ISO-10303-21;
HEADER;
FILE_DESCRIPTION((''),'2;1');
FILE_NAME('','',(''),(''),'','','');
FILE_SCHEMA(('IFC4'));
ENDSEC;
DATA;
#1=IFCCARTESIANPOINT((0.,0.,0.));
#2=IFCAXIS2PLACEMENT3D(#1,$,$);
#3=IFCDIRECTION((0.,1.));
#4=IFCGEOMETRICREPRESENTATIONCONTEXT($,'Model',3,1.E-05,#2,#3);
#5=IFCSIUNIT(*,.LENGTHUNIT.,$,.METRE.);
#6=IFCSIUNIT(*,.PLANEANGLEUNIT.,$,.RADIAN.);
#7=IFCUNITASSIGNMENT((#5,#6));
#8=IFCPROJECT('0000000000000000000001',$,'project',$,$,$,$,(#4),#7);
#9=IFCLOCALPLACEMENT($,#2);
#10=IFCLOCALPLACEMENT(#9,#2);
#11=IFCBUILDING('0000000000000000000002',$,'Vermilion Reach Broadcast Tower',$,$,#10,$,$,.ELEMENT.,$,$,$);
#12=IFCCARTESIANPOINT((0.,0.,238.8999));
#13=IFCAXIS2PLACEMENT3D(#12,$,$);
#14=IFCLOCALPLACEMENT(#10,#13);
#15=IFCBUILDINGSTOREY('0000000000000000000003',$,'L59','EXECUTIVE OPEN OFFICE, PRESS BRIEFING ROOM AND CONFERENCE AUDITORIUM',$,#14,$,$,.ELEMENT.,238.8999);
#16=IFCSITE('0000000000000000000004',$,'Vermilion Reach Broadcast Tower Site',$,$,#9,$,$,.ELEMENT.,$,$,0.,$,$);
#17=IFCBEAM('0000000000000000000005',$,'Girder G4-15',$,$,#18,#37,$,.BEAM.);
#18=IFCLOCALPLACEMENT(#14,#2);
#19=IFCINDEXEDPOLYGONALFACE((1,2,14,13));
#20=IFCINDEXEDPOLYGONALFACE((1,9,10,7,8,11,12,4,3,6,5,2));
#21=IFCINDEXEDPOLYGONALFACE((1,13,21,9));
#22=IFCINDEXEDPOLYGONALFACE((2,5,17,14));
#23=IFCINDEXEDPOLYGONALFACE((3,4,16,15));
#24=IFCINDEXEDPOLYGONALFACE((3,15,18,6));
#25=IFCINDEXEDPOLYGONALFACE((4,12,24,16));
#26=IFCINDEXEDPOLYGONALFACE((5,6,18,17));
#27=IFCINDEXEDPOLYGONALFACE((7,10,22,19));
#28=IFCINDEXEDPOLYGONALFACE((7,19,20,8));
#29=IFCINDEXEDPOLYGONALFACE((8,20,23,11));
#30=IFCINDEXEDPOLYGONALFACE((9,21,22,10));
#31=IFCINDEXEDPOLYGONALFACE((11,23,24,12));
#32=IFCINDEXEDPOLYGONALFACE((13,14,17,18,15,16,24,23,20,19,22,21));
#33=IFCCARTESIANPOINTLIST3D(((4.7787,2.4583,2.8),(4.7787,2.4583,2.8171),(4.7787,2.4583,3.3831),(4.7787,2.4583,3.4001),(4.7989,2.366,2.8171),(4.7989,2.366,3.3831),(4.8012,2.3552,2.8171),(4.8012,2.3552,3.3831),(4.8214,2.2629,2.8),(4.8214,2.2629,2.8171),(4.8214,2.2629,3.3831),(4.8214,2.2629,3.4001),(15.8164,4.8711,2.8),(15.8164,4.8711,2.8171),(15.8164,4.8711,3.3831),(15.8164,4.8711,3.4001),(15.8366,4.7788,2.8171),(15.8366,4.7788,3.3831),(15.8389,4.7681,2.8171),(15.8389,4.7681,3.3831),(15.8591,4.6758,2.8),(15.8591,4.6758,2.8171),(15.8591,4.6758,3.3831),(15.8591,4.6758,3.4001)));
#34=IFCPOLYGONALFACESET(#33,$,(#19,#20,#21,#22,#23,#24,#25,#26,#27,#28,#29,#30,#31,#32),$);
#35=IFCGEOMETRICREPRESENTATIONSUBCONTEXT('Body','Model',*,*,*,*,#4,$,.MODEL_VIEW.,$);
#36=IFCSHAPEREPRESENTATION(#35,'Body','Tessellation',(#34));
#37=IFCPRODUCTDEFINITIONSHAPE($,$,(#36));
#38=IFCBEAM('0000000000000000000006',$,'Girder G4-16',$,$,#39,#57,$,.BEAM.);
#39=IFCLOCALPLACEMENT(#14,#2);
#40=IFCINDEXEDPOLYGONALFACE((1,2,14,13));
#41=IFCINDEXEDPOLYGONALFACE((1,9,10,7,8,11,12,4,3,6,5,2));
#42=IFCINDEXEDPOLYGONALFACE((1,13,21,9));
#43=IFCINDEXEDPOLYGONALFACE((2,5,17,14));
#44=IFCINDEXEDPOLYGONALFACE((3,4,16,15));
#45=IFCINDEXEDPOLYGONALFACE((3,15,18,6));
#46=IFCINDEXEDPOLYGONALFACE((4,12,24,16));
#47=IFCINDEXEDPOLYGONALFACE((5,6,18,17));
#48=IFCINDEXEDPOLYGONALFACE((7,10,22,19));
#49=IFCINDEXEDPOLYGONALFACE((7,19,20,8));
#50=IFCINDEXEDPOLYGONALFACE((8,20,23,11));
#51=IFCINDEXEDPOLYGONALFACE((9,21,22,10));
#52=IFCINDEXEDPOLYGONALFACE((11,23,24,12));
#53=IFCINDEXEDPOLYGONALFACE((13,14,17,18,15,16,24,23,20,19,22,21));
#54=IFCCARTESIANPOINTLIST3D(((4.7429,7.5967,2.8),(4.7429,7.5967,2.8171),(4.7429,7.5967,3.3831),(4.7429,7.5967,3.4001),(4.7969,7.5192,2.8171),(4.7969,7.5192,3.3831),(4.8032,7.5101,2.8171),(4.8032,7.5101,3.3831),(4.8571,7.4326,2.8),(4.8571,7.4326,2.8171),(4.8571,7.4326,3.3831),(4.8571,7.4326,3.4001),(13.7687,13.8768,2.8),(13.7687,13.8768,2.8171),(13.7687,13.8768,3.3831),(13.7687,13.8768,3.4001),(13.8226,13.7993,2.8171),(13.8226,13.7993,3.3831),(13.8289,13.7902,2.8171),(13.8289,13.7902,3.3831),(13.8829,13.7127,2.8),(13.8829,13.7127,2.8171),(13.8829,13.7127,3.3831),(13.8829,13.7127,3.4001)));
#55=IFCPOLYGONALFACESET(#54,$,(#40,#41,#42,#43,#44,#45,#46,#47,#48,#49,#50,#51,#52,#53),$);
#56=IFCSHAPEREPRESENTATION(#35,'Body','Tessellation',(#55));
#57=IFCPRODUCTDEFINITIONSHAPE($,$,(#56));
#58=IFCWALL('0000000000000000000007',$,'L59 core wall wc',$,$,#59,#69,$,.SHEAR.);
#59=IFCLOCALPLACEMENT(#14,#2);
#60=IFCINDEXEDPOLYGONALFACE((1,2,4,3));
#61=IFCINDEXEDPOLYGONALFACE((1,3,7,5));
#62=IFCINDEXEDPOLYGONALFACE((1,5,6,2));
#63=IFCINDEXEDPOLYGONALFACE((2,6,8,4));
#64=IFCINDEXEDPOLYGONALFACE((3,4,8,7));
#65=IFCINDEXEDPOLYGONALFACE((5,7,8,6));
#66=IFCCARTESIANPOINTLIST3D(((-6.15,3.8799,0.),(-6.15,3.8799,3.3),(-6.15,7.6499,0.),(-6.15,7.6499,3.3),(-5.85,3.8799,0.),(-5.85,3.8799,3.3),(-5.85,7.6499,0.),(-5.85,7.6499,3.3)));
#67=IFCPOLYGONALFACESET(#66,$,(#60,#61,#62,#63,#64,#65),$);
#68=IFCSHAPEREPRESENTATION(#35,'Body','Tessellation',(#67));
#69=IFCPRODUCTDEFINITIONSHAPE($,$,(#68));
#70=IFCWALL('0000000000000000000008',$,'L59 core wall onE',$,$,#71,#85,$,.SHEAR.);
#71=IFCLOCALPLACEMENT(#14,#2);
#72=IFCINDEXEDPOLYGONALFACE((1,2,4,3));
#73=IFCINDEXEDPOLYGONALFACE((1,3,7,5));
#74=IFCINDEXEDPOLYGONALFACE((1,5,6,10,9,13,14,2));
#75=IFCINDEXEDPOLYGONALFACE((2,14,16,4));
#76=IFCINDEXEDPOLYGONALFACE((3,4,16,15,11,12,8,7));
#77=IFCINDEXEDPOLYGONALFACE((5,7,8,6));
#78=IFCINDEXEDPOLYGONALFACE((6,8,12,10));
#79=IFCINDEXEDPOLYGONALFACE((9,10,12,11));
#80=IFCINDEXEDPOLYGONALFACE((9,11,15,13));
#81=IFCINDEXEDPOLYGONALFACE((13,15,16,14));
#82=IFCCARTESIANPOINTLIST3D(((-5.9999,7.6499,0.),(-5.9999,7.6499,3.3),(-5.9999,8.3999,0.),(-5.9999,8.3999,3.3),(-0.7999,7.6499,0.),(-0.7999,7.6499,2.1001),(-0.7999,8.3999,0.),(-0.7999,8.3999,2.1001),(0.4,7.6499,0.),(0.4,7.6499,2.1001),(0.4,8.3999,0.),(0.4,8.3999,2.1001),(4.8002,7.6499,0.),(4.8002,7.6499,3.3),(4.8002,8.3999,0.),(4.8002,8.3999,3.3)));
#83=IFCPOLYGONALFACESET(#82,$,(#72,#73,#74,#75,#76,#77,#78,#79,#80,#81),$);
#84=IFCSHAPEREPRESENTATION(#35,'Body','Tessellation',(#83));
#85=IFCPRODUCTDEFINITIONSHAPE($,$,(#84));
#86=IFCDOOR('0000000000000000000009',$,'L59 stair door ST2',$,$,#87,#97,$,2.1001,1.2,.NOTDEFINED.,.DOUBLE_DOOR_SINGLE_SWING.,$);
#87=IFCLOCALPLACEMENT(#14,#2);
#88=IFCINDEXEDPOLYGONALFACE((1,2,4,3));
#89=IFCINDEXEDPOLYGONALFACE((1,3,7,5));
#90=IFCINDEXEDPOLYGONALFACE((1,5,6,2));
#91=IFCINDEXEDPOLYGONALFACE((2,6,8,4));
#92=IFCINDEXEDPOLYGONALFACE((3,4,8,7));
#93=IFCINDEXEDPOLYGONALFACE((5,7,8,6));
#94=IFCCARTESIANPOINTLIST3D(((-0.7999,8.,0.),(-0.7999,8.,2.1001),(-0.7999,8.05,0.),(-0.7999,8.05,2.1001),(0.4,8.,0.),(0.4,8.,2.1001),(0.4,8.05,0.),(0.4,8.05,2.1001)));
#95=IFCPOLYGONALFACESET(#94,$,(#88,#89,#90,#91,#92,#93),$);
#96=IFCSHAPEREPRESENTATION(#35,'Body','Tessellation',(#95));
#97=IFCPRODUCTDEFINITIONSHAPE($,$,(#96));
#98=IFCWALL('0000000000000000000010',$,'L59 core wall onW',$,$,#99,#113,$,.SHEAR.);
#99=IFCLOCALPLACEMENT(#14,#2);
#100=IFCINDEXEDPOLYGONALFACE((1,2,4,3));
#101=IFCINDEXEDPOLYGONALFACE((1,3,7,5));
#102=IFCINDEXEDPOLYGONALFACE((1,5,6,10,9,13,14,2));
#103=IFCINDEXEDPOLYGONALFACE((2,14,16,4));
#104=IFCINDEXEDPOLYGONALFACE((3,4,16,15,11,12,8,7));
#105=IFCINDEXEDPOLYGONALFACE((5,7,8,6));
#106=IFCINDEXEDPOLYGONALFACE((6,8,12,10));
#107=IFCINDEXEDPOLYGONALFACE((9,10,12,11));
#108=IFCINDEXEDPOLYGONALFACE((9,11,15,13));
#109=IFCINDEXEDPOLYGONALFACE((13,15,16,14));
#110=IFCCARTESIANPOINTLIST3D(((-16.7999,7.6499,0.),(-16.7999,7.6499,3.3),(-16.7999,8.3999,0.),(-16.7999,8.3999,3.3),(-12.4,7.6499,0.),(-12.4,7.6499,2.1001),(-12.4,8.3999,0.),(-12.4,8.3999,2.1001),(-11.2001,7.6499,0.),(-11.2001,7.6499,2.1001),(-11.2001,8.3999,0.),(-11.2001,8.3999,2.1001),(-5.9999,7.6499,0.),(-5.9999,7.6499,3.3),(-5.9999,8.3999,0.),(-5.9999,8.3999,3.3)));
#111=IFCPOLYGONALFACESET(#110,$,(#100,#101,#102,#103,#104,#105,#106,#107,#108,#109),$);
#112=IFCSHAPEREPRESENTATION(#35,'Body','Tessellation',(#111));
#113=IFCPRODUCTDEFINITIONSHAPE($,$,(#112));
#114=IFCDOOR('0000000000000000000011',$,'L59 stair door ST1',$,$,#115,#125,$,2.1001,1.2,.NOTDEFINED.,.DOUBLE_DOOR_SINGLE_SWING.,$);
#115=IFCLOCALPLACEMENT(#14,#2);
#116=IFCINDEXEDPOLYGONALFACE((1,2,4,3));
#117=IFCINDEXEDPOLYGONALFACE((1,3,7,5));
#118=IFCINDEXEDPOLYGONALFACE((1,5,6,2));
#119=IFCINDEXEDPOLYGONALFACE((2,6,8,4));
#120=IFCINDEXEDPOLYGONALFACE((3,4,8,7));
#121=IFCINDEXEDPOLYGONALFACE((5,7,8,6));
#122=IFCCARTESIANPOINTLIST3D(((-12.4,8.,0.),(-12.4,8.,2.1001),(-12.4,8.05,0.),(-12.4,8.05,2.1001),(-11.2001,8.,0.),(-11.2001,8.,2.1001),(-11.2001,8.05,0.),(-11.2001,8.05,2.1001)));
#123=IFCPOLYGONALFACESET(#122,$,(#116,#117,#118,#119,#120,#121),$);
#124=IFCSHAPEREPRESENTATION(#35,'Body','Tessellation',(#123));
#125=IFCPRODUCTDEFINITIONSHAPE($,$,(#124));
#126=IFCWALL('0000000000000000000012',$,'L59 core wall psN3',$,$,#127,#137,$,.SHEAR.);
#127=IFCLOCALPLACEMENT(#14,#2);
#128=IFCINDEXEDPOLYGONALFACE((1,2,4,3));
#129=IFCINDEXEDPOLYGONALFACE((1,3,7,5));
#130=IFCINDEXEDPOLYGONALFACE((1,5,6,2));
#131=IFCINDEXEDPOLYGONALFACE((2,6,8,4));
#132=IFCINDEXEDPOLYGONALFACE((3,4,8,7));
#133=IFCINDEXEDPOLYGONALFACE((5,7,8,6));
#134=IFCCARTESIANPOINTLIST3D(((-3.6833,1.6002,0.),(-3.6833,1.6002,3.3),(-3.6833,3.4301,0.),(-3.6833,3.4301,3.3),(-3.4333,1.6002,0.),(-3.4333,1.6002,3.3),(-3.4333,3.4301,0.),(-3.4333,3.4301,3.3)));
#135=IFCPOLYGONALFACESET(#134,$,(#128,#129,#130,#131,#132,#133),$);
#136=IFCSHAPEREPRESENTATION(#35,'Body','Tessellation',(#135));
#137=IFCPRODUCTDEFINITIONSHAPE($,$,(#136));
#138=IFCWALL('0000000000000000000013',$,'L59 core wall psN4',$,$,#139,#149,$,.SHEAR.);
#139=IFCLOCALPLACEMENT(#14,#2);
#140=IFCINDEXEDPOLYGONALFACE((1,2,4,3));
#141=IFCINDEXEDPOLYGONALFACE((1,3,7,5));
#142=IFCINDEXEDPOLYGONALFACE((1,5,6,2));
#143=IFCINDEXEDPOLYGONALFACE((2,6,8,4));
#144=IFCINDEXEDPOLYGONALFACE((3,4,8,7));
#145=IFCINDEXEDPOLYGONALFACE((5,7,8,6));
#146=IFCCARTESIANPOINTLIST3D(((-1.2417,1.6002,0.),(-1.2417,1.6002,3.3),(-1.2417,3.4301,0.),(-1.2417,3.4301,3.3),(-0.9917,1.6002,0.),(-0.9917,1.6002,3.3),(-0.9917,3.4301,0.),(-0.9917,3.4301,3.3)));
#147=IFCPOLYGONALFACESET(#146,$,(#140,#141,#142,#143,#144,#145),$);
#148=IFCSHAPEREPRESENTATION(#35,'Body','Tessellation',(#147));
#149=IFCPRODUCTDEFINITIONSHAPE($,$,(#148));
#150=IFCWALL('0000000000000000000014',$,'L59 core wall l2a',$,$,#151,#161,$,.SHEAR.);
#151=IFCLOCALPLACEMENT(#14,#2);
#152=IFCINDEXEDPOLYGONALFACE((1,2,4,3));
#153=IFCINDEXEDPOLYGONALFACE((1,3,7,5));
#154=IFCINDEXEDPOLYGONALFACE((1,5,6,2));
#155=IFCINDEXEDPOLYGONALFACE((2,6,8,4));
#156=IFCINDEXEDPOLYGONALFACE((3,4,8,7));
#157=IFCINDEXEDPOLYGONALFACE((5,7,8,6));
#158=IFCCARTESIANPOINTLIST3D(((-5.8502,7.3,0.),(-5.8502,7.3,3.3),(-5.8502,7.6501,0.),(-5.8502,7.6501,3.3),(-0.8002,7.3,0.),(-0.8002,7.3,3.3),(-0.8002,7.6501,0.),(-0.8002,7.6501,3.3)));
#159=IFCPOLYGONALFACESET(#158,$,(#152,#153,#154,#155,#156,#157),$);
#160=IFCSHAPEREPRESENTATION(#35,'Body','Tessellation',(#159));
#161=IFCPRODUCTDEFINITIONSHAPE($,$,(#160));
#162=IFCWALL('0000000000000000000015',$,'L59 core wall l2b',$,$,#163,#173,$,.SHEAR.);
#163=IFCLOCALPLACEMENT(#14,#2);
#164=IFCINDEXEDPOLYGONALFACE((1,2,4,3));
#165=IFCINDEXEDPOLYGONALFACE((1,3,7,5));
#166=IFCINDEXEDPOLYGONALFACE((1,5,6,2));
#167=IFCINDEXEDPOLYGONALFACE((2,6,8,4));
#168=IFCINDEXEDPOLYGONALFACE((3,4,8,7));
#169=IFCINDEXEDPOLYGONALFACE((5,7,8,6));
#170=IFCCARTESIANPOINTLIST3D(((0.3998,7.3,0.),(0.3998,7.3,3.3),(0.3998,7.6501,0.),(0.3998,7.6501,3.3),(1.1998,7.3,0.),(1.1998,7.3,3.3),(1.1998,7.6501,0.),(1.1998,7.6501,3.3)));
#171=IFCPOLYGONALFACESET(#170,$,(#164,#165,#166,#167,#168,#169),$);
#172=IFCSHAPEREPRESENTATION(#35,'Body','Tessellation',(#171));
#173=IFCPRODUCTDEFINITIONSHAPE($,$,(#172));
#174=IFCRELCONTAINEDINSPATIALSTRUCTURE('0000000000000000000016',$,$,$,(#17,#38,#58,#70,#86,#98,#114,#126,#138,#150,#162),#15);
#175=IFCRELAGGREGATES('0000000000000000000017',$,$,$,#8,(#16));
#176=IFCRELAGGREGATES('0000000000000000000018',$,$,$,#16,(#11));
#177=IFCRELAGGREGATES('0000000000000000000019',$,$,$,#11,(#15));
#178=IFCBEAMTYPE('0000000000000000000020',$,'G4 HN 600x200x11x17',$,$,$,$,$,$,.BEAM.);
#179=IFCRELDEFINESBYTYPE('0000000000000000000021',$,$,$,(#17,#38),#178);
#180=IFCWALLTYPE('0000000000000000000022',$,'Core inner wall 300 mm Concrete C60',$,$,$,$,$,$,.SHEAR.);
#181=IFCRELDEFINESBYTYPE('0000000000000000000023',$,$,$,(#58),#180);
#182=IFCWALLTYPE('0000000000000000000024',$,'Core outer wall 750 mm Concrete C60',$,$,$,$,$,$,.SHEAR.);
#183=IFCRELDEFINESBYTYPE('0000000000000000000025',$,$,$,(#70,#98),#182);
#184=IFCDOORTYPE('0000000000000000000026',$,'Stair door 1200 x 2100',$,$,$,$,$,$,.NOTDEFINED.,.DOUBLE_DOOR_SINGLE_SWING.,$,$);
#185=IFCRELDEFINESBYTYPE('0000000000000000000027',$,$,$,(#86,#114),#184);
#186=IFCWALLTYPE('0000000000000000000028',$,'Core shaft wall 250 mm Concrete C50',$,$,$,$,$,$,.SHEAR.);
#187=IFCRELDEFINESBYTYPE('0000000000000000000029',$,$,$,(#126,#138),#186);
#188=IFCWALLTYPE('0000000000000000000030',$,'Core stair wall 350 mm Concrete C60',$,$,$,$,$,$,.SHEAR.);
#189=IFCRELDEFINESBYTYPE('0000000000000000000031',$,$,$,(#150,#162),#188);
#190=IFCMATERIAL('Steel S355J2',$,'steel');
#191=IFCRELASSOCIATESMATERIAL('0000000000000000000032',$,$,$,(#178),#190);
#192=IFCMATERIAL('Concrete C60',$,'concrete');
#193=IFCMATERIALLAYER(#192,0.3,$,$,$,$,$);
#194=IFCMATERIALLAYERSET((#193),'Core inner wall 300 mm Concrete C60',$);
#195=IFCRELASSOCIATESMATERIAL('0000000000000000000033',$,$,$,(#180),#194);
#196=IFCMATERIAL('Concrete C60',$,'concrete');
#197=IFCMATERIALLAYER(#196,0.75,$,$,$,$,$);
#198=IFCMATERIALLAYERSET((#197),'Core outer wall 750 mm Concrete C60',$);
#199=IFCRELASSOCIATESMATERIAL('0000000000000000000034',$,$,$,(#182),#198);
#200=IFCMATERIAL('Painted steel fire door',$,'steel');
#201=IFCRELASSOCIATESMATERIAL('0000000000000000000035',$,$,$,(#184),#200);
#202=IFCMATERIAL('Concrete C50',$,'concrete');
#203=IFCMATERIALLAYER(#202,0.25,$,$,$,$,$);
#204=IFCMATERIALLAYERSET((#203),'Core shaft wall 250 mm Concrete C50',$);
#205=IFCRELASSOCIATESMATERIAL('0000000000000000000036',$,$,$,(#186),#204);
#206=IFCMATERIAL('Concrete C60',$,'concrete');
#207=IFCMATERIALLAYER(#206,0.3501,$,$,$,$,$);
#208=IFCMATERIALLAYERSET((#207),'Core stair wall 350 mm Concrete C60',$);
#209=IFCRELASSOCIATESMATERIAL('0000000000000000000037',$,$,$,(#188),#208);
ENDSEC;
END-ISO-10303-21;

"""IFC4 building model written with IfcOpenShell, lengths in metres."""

from ifc_helpers import new_model, si_unit, direction, frame, frame_2d, origin, origin_2d, place, context, subcontext, project, spatial, rectangle, i_section, extrude, material, layer, layer_set, material_profile, profile_set, type_object, element, fill, save


model = new_model("IFC4")

# Units and contexts
model_context = context("Model", 3, precision=1e-05, world=origin(), true_north=direction((0.0, 1.0)))
body_context = subcontext(model_context, "Body", "Model", "MODEL_VIEW")
ifc_project = project(units=[si_unit("LENGTHUNIT", "METRE"), si_unit("PLANEANGLEUNIT", "RADIAN")], contexts=[model_context])

# Site, building, storey
site_placement = place(None, origin())
site = spatial("IfcSite", under=ifc_project, at=site_placement, Name="Vermilion Reach Broadcast Tower Site", CompositionType="ELEMENT", RefElevation=0.0)
building_placement = place(site_placement, origin())
building = spatial("IfcBuilding", under=site, at=building_placement, Name="Vermilion Reach Broadcast Tower", CompositionType="ELEMENT")
storey_placement = place(building_placement, frame((0.0, 0.0, 238.8999)))
storey = spatial("IfcBuildingStorey", under=building, at=storey_placement, Name="L59", Description="EXECUTIVE OPEN OFFICE, PRESS BRIEFING ROOM AND CONFERENCE AUDITORIUM", CompositionType="ELEMENT", Elevation=238.8999)

# Beams
ifc_material_1 = material(Name="Steel S355J2", Category="steel")
ifc_material_profile = material_profile(ifc_material_1, i_section(OverallWidth=0.2, OverallDepth=0.6001, WebThickness=0.011, FlangeThickness=0.0171, at=origin_2d()), Name="S355J2 HN 600x200x11x17")
ifc_profile_set = profile_set([ifc_material_profile], Name="Steel S355J2")
beam_type = type_object("IfcBeamType", Name="G4 HN 600x200x11x17", PredefinedType="BEAM", material=ifc_profile_set)
beam_1_placement = place(storey_placement, frame((4.8, 2.3606, 3.1001), z_axis=(0.97693, 0.213559, 0.0), x_axis=(-0.213559, 0.97693, 0.0)))
element("IfcBeam", 1, at=beam_1_placement, inside=storey, type_object=beam_type, Name="Girder G4-15", PredefinedType="BEAM", context=body_context, shape_type="SweptSolid", body=[
    extrude(i_section(OverallWidth=0.2, OverallDepth=0.6001, WebThickness=0.011, FlangeThickness=0.0171, at=origin_2d()), origin(), (0.0, 0.0, 1.0), 11.2983),
])
beam_2_placement = place(storey_placement, frame((4.8, 7.5146, 3.1001), z_axis=(0.820849, 0.571146, 0.0), x_axis=(-0.571146, 0.820849, 0.0)))
element("IfcBeam", 2, at=beam_2_placement, inside=storey, type_object=beam_type, Name="Girder G4-16", PredefinedType="BEAM", context=body_context, shape_type="SweptSolid", body=[
    extrude(i_section(OverallWidth=0.2, OverallDepth=0.6001, WebThickness=0.011, FlangeThickness=0.0171, at=origin_2d()), origin(), (0.0, 0.0, 1.0), 10.9956),
])

# Wall
ifc_material_2 = material(Name="Concrete C60", Category="concrete")
ifc_layer_1 = layer(ifc_material_2, 0.3)
ifc_layer_set_1 = layer_set([ifc_layer_1], Name="Core inner wall 300 mm Concrete C60")
wall_type_1 = type_object("IfcWallType", Name="Core inner wall 300 mm Concrete C60", PredefinedType="SHEAR", material=ifc_layer_set_1)
wall_1_placement = place(storey_placement, frame((-6.0, 3.8799, 0.0), z_axis=(0.0, 0.0, 1.0), x_axis=(0.0, 1.0, 0.0)))
element("IfcWall", 3, at=wall_1_placement, inside=storey, type_object=wall_type_1, Name="L59 core wall wc", PredefinedType="SHEAR", context=body_context, shape_type="SweptSolid", body=[
    extrude(rectangle(XDim=3.77, YDim=0.3, at=frame_2d((1.885, 0.0))), origin(), (0.0, 0.0, 1.0), 3.3),
])

# Walls, openings, doors
ifc_material_3 = material(Name="Concrete C60", Category="concrete")
ifc_layer_2 = layer(ifc_material_3, 0.75)
ifc_layer_set_2 = layer_set([ifc_layer_2], Name="Core outer wall 750 mm Concrete C60")
wall_type_2 = type_object("IfcWallType", Name="Core outer wall 750 mm Concrete C60", PredefinedType="SHEAR", material=ifc_layer_set_2)
wall_2_placement = place(storey_placement, frame((4.8, 8.0249, 0.0), z_axis=(0.0, 0.0, 1.0), x_axis=(-1.0, 0.0, 0.0)))
wall_2 = element("IfcWall", 4, at=wall_2_placement, inside=storey, type_object=wall_type_2, Name="L59 core wall onE", PredefinedType="SHEAR", context=body_context, shape_type="SweptSolid", body=[
    extrude(rectangle(XDim=10.8, YDim=0.75, at=frame_2d((5.3999, 0.0))), origin(), (0.0, 0.0, 1.0), 3.3),
])
opening_1_placement = place(wall_2_placement, frame((4.3999, 0.0, 0.0)))
opening_1 = element("IfcOpeningElement", 5, at=opening_1_placement, cuts=wall_2, PredefinedType="OPENING", context=body_context, shape_type="SweptSolid", body=[
    extrude(rectangle(XDim=1.2, YDim=2.1001, at=frame_2d((0.6001, 1.05))), frame((0.0, 0.385, 0.0), z_axis=(0.0, -1.0, 0.0), x_axis=(1.0, 0.0, 0.0)), (0.0, 0.0, 1.0), 0.77),
])
ifc_material_4 = material(Name="Painted steel fire door", Category="steel")
door_type = type_object("IfcDoorType", Name="Stair door 1200 x 2100", OperationType="DOUBLE_DOOR_SINGLE_SWING", PredefinedType="NOTDEFINED", material=ifc_material_4)
door_1_placement = place(opening_1_placement, origin())
door_1 = element("IfcDoor", 6, at=door_1_placement, inside=storey, type_object=door_type, Name="L59 stair door ST2", OperationType="DOUBLE_DOOR_SINGLE_SWING", OverallHeight=2.1001, OverallWidth=1.2, PredefinedType="NOTDEFINED", context=body_context, shape_type="SweptSolid", body=[
    extrude(rectangle(XDim=1.2, YDim=2.1001, at=frame_2d((0.6001, 1.05))), frame((0.0, 0.0249, 0.0), z_axis=(0.0, -1.0, 0.0), x_axis=(1.0, 0.0, 0.0)), (0.0, 0.0, 1.0), 0.05),
])
fill(opening_1, door_1)
wall_3_placement = place(storey_placement, frame((-6.0, 8.0249, 0.0), z_axis=(0.0, 0.0, 1.0), x_axis=(-1.0, 0.0, 0.0)))
wall_3 = element("IfcWall", 7, at=wall_3_placement, inside=storey, type_object=wall_type_2, Name="L59 core wall onW", PredefinedType="SHEAR", context=body_context, shape_type="SweptSolid", body=[
    extrude(rectangle(XDim=10.8, YDim=0.75, at=frame_2d((5.3999, 0.0))), origin(), (0.0, 0.0, 1.0), 3.3),
])
opening_2_placement = place(wall_3_placement, frame((5.2, 0.0, 0.0)))
opening_2 = element("IfcOpeningElement", 8, at=opening_2_placement, cuts=wall_3, PredefinedType="OPENING", context=body_context, shape_type="SweptSolid", body=[
    extrude(rectangle(XDim=1.2, YDim=2.1001, at=frame_2d((0.6001, 1.05))), frame((0.0, 0.385, 0.0), z_axis=(0.0, -1.0, 0.0), x_axis=(1.0, 0.0, 0.0)), (0.0, 0.0, 1.0), 0.77),
])
door_2_placement = place(opening_2_placement, origin())
door_2 = element("IfcDoor", 9, at=door_2_placement, inside=storey, type_object=door_type, Name="L59 stair door ST1", OperationType="DOUBLE_DOOR_SINGLE_SWING", OverallHeight=2.1001, OverallWidth=1.2, PredefinedType="NOTDEFINED", context=body_context, shape_type="SweptSolid", body=[
    extrude(rectangle(XDim=1.2, YDim=2.1001, at=frame_2d((0.6001, 1.05))), frame((0.0, 0.0249, 0.0), z_axis=(0.0, -1.0, 0.0), x_axis=(1.0, 0.0, 0.0)), (0.0, 0.0, 1.0), 0.05),
])
fill(opening_2, door_2)

# Walls
ifc_material_5 = material(Name="Concrete C50", Category="concrete")
ifc_layer_3 = layer(ifc_material_5, 0.25)
ifc_layer_set_3 = layer_set([ifc_layer_3], Name="Core shaft wall 250 mm Concrete C50")
wall_type_3 = type_object("IfcWallType", Name="Core shaft wall 250 mm Concrete C50", PredefinedType="SHEAR", material=ifc_layer_set_3)
for number, where, z_axis, x_axis, name in (
    (10, (-3.5583, 1.6001, 0.0), (0.0, 0.0, 1.0), (0.0, 1.0, 0.0), "L59 core wall psN3"),
    (11, (-1.1167, 1.6001, 0.0), (0.0, 0.0, 1.0), (0.0, 1.0, 0.0), "L59 core wall psN4"),
):
    element("IfcWall", number, at=place(storey_placement, frame(where, z_axis=z_axis, x_axis=x_axis)), inside=storey, type_object=wall_type_3, Name=name, PredefinedType="SHEAR", context=body_context, shape_type="SweptSolid", body=[
        extrude(rectangle(XDim=1.8298, YDim=0.25, at=frame_2d((0.915, 0.0))), origin(), (0.0, 0.0, 1.0), 3.3),
    ])
ifc_material_6 = material(Name="Concrete C60", Category="concrete")
ifc_layer_4 = layer(ifc_material_6, 0.3501)
ifc_layer_set_4 = layer_set([ifc_layer_4], Name="Core stair wall 350 mm Concrete C60")
wall_type_4 = type_object("IfcWallType", Name="Core stair wall 350 mm Concrete C60", PredefinedType="SHEAR", material=ifc_layer_set_4)
wall_4_placement = place(storey_placement, frame((-5.8501, 7.4751, 0.0), z_axis=(0.0, 0.0, 1.0), x_axis=(1.0, 0.0, 0.0)))
element("IfcWall", 12, at=wall_4_placement, inside=storey, type_object=wall_type_4, Name="L59 core wall l2a", PredefinedType="SHEAR", context=body_context, shape_type="SweptSolid", body=[
    extrude(rectangle(XDim=5.05, YDim=0.3501, at=frame_2d((2.5249, 0.0))), origin(), (0.0, 0.0, 1.0), 3.3),
])
wall_5_placement = place(storey_placement, frame((0.3999, 7.4751, 0.0), z_axis=(0.0, 0.0, 1.0), x_axis=(1.0, 0.0, 0.0)))
element("IfcWall", 13, at=wall_5_placement, inside=storey, type_object=wall_type_4, Name="L59 core wall l2b", PredefinedType="SHEAR", context=body_context, shape_type="SweptSolid", body=[
    extrude(rectangle(XDim=0.8, YDim=0.3501, at=frame_2d((0.3999, 0.0))), origin(), (0.0, 0.0, 1.0), 3.3),
])

save(model, "model.ifc")
